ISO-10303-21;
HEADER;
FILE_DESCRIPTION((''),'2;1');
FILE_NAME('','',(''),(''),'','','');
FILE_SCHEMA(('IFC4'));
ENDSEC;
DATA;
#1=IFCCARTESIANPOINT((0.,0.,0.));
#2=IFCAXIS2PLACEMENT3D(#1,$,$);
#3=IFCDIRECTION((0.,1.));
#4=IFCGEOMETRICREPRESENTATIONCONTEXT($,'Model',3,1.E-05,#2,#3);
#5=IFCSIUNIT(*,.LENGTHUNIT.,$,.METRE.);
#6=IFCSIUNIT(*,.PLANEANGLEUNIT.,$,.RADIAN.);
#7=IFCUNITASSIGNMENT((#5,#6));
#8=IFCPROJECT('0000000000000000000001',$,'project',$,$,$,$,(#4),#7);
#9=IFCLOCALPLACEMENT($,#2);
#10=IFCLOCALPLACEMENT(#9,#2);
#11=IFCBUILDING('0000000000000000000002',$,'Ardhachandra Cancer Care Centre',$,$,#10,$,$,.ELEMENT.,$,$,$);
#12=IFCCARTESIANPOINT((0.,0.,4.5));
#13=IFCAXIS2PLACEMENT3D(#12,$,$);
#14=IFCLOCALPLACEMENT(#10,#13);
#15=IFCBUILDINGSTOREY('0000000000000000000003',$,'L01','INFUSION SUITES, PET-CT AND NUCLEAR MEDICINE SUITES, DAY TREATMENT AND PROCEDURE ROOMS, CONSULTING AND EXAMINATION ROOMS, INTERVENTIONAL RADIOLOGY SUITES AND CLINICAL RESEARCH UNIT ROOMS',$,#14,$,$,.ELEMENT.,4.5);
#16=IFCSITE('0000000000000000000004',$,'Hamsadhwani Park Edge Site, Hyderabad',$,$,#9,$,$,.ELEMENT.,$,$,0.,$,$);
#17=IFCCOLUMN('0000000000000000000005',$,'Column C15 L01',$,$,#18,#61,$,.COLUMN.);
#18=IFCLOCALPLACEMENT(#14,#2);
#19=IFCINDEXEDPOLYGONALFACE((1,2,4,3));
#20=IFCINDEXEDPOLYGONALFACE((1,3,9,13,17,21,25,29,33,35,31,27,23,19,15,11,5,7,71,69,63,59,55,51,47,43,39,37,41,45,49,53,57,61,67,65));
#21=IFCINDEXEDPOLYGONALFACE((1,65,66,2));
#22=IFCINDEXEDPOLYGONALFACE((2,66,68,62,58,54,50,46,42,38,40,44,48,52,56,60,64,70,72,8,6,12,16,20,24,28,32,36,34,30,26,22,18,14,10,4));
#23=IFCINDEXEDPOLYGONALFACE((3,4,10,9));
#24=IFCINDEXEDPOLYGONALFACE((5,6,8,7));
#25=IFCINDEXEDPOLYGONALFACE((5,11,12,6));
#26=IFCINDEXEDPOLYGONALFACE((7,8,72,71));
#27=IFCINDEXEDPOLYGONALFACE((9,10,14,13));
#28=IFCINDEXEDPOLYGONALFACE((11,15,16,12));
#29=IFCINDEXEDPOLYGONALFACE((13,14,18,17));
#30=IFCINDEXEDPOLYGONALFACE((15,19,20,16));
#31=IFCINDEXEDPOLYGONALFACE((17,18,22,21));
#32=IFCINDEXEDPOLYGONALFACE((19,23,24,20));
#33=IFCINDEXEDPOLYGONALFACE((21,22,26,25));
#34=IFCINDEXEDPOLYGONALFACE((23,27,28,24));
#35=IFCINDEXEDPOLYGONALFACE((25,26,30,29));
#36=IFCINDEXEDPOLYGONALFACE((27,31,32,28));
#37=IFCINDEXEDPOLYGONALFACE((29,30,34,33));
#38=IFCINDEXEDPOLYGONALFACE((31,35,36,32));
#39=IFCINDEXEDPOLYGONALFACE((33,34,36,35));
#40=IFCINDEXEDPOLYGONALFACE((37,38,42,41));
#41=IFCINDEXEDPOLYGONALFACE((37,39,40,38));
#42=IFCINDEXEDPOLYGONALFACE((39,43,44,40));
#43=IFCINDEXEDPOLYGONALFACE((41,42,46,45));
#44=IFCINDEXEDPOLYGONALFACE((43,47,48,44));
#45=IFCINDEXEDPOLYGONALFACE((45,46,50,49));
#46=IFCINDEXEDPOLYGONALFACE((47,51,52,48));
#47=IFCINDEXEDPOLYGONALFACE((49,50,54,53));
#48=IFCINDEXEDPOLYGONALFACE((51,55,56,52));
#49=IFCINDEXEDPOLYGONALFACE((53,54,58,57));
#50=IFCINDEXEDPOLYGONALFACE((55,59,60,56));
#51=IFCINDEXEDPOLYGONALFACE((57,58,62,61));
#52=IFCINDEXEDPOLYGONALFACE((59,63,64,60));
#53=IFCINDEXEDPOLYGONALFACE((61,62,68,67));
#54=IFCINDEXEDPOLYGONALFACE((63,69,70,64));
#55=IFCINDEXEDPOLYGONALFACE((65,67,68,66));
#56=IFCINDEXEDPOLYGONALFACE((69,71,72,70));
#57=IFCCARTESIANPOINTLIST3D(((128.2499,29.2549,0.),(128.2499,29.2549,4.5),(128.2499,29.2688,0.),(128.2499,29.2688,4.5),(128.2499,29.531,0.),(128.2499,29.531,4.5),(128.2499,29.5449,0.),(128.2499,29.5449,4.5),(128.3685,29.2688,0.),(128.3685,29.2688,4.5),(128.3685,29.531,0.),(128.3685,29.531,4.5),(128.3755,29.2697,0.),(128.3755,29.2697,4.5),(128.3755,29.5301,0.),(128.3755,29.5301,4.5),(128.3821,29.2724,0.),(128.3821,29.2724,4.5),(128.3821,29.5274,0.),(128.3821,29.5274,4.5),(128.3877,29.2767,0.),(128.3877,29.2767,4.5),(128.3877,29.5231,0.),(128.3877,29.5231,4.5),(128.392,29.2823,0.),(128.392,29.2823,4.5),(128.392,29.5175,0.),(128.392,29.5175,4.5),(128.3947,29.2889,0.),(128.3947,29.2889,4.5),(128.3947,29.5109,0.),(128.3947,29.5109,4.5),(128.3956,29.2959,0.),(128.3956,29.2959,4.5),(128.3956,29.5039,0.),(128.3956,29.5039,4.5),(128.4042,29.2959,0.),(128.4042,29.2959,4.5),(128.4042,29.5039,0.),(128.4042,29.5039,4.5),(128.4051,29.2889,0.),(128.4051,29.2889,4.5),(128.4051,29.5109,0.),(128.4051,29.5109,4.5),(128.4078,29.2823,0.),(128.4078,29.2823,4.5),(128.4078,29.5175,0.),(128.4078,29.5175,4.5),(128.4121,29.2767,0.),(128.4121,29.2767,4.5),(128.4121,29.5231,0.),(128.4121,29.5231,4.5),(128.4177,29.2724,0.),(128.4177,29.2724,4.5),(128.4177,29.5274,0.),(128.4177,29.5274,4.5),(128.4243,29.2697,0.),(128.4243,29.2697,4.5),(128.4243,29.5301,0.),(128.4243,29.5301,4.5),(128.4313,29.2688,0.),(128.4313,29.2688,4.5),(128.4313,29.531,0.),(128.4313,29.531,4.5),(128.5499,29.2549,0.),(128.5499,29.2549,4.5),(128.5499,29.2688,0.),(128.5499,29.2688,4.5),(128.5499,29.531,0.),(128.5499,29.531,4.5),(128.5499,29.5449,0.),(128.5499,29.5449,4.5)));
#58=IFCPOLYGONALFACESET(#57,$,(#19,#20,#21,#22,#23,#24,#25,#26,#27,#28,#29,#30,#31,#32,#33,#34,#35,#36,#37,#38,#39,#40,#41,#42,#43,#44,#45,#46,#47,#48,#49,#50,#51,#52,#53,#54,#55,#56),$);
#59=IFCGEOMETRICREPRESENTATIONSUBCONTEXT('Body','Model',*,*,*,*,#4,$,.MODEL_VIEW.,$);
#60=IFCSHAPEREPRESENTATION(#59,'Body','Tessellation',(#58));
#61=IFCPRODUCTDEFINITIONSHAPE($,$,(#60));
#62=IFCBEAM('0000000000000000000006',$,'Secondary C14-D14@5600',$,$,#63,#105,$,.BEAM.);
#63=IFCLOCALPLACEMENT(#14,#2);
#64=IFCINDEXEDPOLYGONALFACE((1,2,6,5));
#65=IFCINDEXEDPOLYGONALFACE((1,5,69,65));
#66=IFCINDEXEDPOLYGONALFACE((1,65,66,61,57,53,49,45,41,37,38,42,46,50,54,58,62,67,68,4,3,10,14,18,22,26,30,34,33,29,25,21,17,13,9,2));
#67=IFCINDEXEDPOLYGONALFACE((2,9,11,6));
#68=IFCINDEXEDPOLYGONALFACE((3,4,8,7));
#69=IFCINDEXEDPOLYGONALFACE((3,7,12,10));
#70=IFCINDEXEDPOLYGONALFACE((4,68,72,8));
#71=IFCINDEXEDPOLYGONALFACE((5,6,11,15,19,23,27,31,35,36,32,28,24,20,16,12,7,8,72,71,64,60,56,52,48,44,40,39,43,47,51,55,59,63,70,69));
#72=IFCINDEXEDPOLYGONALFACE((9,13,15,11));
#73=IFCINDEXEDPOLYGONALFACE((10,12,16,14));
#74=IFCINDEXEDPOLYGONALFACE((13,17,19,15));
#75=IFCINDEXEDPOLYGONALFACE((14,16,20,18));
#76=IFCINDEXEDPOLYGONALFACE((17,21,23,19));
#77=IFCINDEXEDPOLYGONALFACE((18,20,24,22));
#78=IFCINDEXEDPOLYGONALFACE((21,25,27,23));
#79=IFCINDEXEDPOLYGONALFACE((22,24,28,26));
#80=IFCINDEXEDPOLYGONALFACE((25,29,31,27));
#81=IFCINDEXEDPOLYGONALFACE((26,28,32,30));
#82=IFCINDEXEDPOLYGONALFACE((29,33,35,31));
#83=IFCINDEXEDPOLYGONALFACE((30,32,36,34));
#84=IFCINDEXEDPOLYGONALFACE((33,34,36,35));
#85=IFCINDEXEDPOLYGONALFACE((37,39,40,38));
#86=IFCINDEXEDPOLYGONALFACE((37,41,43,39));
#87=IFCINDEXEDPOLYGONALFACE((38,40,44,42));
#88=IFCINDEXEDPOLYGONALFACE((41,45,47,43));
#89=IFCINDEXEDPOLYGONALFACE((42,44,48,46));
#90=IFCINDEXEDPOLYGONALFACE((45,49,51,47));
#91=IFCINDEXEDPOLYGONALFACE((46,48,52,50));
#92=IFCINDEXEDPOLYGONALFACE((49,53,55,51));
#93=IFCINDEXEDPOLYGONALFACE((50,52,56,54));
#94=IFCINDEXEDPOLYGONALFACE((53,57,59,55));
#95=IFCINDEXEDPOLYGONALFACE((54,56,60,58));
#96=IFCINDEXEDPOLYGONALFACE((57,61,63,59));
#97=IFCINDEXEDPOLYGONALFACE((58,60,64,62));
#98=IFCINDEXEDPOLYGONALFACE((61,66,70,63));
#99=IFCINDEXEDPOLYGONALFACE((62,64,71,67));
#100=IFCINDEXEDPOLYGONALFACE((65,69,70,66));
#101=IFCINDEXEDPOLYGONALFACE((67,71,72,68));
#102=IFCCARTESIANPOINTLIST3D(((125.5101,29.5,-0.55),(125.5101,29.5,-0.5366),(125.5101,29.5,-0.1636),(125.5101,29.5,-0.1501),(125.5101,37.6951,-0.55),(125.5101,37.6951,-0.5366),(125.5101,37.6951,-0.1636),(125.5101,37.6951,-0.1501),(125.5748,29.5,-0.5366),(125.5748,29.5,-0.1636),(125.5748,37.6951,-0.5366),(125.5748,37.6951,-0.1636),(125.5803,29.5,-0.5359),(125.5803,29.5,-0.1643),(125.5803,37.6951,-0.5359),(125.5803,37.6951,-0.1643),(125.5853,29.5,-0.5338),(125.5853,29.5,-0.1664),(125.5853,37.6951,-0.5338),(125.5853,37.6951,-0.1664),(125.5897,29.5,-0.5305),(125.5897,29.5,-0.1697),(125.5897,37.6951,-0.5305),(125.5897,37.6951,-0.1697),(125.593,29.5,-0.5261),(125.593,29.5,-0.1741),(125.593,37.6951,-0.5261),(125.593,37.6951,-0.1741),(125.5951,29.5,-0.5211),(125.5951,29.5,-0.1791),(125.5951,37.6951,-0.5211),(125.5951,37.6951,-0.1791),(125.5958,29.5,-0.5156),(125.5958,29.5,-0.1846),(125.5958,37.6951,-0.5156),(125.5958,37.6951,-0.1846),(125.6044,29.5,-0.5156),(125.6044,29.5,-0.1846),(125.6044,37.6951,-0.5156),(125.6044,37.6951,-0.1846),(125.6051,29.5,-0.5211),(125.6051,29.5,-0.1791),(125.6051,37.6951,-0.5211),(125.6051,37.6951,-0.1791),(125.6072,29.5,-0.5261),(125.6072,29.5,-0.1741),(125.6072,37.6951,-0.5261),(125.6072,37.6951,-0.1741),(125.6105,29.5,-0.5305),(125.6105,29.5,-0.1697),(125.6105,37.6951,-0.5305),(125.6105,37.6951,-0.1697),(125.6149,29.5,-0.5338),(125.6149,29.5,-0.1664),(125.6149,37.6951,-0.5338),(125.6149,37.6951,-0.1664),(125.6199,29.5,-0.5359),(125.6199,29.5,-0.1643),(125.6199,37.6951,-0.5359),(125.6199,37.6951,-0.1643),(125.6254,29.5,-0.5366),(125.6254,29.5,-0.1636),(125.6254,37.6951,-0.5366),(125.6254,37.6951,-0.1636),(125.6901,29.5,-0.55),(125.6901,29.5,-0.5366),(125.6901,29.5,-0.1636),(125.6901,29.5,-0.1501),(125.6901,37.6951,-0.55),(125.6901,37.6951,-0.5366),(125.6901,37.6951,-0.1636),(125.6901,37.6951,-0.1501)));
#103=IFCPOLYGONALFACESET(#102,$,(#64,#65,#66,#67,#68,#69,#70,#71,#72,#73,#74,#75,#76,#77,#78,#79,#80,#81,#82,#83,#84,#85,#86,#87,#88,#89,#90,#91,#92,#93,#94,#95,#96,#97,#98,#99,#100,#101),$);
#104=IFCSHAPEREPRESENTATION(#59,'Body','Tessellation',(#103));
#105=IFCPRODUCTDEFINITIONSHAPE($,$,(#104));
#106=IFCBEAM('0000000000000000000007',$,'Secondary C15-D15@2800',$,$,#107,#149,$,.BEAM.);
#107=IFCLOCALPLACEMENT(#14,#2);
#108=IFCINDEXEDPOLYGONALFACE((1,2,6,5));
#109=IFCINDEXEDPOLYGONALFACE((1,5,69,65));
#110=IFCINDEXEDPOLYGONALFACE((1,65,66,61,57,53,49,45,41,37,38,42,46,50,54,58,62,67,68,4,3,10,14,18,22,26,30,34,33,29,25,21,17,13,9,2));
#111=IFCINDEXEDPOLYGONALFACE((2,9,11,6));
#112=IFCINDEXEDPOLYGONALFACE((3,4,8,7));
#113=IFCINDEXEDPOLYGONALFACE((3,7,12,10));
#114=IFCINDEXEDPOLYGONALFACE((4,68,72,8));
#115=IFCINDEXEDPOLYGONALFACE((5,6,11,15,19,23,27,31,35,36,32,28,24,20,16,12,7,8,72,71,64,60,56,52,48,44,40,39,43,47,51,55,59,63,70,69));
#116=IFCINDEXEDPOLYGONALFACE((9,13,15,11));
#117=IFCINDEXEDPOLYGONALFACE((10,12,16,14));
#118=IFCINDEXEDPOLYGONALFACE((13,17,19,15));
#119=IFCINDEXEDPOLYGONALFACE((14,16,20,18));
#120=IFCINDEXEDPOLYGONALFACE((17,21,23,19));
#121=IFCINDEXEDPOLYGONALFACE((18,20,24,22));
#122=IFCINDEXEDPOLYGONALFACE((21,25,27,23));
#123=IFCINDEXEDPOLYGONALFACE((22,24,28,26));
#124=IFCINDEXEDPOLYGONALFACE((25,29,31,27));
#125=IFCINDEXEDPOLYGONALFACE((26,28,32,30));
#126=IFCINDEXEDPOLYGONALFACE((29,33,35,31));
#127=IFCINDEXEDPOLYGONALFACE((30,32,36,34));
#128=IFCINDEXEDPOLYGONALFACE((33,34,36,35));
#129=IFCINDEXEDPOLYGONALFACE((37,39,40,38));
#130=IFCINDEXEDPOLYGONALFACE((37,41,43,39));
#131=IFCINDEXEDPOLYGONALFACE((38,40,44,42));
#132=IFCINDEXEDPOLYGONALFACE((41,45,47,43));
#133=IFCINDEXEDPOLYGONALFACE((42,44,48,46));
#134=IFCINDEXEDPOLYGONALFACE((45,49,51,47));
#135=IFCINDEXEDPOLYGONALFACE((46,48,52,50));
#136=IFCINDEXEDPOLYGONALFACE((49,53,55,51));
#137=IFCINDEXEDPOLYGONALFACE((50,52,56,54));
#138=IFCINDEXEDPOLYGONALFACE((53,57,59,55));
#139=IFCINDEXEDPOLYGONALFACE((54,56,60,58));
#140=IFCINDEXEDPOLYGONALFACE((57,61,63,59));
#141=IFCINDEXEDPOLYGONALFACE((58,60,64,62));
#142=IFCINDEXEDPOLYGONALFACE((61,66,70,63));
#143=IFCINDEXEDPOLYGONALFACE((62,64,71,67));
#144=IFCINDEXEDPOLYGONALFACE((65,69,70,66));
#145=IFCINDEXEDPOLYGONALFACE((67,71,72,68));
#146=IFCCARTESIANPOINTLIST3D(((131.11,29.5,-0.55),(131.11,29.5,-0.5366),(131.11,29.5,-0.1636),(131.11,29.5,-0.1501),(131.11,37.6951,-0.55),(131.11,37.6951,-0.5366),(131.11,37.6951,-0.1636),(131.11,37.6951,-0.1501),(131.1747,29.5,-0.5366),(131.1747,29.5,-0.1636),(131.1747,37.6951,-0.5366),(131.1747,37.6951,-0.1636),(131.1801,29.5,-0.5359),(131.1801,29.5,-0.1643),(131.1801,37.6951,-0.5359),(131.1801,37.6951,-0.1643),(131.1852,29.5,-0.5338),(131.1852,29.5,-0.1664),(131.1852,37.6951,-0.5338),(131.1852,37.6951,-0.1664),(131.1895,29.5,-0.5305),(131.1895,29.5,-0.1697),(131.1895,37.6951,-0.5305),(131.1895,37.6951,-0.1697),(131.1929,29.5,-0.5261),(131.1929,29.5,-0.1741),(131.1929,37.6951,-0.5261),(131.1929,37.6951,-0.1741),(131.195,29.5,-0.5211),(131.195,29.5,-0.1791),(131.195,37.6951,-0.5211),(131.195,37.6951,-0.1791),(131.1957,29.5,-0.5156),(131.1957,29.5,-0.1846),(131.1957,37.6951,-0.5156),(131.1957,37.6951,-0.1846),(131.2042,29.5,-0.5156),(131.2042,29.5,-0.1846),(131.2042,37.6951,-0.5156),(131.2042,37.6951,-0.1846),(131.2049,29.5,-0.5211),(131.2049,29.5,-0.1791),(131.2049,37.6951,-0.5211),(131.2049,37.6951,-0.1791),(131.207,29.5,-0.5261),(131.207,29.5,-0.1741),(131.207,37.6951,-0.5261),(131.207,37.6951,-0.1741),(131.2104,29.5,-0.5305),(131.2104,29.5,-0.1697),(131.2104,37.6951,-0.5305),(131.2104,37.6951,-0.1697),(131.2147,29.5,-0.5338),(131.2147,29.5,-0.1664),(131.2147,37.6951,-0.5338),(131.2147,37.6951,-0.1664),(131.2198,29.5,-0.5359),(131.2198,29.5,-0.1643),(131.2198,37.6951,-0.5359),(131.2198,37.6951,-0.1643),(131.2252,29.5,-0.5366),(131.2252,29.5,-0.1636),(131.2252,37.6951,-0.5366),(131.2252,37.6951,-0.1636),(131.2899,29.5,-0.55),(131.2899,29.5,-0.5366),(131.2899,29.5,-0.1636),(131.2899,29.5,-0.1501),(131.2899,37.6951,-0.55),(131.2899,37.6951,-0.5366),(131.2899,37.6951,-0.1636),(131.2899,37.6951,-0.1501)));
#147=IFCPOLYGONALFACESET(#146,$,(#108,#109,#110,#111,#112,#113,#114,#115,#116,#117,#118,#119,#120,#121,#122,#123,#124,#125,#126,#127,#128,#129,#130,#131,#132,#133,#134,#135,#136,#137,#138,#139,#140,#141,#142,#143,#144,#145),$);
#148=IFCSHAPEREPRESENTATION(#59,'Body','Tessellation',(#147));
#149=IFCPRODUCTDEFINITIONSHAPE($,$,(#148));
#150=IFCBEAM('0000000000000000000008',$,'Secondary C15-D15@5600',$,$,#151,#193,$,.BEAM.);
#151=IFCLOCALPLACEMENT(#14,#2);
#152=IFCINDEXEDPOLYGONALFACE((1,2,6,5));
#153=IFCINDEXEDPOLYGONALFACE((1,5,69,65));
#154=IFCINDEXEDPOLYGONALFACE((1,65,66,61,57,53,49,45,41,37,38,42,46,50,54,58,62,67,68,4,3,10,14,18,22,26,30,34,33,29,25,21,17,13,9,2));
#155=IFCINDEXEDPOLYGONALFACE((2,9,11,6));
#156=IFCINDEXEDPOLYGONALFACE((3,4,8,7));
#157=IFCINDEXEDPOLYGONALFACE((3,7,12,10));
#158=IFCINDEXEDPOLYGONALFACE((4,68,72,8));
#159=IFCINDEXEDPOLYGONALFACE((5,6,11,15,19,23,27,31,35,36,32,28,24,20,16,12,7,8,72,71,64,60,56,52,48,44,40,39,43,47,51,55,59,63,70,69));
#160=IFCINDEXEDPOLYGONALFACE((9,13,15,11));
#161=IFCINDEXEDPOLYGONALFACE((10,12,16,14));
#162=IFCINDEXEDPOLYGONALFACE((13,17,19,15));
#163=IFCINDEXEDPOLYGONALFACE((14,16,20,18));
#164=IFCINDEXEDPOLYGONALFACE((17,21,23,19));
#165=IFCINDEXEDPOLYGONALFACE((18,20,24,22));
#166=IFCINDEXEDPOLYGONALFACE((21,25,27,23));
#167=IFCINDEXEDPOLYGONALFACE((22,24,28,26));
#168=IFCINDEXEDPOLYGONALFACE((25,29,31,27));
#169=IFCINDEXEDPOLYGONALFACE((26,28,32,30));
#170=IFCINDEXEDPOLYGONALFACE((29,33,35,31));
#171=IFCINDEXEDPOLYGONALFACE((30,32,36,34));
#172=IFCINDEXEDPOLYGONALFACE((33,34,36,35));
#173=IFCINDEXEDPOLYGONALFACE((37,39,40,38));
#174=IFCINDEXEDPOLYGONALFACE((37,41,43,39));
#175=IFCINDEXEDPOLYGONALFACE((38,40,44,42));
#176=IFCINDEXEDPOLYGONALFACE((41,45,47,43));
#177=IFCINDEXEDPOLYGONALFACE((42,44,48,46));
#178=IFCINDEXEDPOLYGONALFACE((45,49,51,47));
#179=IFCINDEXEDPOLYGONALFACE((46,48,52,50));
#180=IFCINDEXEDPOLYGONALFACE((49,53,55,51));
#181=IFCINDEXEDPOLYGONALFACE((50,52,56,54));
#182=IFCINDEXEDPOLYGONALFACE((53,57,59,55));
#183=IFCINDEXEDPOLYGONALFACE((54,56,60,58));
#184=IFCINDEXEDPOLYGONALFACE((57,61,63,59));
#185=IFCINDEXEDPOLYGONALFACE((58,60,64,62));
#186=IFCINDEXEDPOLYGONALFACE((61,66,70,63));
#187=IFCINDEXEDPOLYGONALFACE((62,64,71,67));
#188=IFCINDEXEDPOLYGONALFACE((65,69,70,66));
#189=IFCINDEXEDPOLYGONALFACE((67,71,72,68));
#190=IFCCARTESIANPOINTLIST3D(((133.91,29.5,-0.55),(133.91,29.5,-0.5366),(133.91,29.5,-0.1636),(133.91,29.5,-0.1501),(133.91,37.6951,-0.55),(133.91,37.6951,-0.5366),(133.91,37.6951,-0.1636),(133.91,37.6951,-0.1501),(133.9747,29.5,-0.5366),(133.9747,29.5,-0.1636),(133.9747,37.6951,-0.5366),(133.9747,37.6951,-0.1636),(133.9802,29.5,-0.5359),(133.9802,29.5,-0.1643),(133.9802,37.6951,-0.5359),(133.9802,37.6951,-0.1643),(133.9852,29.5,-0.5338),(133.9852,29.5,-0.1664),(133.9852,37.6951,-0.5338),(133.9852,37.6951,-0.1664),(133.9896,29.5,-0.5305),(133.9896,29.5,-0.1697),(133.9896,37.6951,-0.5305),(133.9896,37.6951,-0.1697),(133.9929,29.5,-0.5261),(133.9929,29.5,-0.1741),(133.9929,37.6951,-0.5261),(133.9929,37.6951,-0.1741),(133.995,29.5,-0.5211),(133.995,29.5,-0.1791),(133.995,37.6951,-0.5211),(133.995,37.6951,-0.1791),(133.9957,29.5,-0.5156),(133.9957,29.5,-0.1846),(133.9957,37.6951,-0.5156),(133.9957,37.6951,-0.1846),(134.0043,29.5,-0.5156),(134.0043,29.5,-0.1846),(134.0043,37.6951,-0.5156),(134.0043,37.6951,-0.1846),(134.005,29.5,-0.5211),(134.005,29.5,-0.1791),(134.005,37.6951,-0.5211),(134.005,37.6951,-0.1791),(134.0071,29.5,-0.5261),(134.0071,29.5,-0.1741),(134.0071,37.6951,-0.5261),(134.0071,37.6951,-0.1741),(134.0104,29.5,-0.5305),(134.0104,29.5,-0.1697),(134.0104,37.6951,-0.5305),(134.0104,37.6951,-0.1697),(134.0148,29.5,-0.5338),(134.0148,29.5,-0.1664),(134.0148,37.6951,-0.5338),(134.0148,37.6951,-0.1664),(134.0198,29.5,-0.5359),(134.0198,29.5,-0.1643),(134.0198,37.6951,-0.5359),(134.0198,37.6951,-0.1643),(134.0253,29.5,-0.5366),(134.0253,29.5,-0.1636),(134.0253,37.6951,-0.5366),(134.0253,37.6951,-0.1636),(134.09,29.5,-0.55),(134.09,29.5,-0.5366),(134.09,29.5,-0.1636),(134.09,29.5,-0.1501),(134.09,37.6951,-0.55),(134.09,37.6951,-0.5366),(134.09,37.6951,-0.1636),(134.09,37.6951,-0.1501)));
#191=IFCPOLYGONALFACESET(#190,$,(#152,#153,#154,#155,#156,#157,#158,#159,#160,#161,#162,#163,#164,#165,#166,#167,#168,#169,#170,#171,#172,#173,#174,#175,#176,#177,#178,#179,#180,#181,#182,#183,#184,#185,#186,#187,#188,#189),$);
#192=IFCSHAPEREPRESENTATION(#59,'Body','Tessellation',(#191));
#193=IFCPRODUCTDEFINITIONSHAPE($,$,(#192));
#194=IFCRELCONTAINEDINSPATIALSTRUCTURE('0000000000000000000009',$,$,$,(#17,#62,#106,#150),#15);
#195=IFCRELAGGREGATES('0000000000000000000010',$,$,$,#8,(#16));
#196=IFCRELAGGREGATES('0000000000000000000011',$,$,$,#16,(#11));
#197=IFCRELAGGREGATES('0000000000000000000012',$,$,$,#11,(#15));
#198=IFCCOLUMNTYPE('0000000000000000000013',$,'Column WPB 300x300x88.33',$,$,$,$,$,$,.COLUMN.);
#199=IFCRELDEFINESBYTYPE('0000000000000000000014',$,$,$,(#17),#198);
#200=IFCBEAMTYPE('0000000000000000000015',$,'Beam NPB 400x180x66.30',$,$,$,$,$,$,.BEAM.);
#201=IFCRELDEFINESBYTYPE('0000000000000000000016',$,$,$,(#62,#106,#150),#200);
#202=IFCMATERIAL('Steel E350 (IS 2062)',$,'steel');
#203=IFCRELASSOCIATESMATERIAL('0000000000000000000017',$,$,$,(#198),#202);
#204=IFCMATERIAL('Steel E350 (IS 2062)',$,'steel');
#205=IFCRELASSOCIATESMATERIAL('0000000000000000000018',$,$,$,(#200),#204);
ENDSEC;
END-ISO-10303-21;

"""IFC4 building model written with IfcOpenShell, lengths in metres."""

from ifc_helpers import new_model, si_unit, direction, frame, origin, origin_2d, place, context, subcontext, project, spatial, i_section, extrude, material, material_profile, profile_set, type_object, element, save


model = new_model("IFC4")

# Units and contexts
model_context = context("Model", 3, precision=1e-05, world=origin(), true_north=direction((0.0, 1.0)))
body_context = subcontext(model_context, "Body", "Model", "MODEL_VIEW")
ifc_project = project(units=[si_unit("LENGTHUNIT", "METRE"), si_unit("PLANEANGLEUNIT", "RADIAN")], contexts=[model_context])

# Site, building, storey
site_placement = place(None, origin())
site = spatial("IfcSite", under=ifc_project, at=site_placement, Name="Hamsadhwani Park Edge Site, Hyderabad", CompositionType="ELEMENT", RefElevation=0.0)
building_placement = place(site_placement, origin())
building = spatial("IfcBuilding", under=site, at=building_placement, Name="Ardhachandra Cancer Care Centre", CompositionType="ELEMENT")
storey_placement = place(building_placement, frame((0.0, 0.0, 4.5)))
storey = spatial("IfcBuildingStorey", under=building, at=storey_placement, Name="L01", Description="INFUSION SUITES, PET-CT AND NUCLEAR MEDICINE SUITES, DAY TREATMENT AND PROCEDURE ROOMS, CONSULTING AND EXAMINATION ROOMS, INTERVENTIONAL RADIOLOGY SUITES AND CLINICAL RESEARCH UNIT ROOMS", CompositionType="ELEMENT", Elevation=4.5)

# Column
ifc_material_1 = material(Name="Steel E350 (IS 2062)", Category="steel")
ifc_material_profile_1 = material_profile(ifc_material_1, i_section(OverallWidth=0.3, OverallDepth=0.29, WebThickness=0.0085, FlangeThickness=0.0139, FilletRadius=0.0271, at=origin_2d()), Name="WPB 300x300x88.33")
ifc_profile_set_1 = profile_set([ifc_material_profile_1], Name="Steel E350 (IS 2062)")
column_type = type_object("IfcColumnType", Name="Column WPB 300x300x88.33", PredefinedType="COLUMN", material=ifc_profile_set_1)
column_placement = place(storey_placement, frame((128.3999, 29.3999, 0.0), z_axis=(0.0, 0.0, 1.0), x_axis=(1.0, 0.0, 0.0)))
element("IfcColumn", 1, at=column_placement, inside=storey, type_object=column_type, Name="Column C15 L01", PredefinedType="COLUMN", context=body_context, shape_type="SweptSolid", body=[
    extrude(i_section(OverallWidth=0.3, OverallDepth=0.29, WebThickness=0.0085, FlangeThickness=0.0139, FilletRadius=0.0271, at=origin_2d()), origin(), (0.0, 0.0, 1.0), 4.5),
])

# Beams
ifc_material_2 = material(Name="Steel E350 (IS 2062)", Category="steel")
ifc_material_profile_2 = material_profile(ifc_material_2, i_section(OverallWidth=0.1799, OverallDepth=0.3999, WebThickness=0.0085, FlangeThickness=0.0134, FilletRadius=0.021, at=origin_2d()), Name="NPB 400x180x66.30")
ifc_profile_set_2 = profile_set([ifc_material_profile_2], Name="Steel E350 (IS 2062)")
beam_type_1 = type_object("IfcBeamType", Name="Beam NPB 400x180x66.30", PredefinedType="BEAM", material=ifc_profile_set_2)
for number, where, z_axis, x_axis, name in (
    (2, (125.6001, 29.5, -0.3501), (0.0, 1.0, 0.0), (-1.0, 0.0, 0.0), "Secondary C14-D14@5600"),
    (3, (131.2, 29.5, -0.3501), (0.0, 1.0, 0.0), (-1.0, 0.0, 0.0), "Secondary C15-D15@2800"),
    (4, (134.0, 29.5, -0.3501), (0.0, 1.0, 0.0), (-1.0, 0.0, 0.0), "Secondary C15-D15@5600"),
):
    element("IfcBeam", number, at=place(storey_placement, frame(where, z_axis=z_axis, x_axis=x_axis)), inside=storey, type_object=beam_type_1, Name=name, PredefinedType="BEAM", context=body_context, shape_type="SweptSolid", body=[
        extrude(i_section(OverallWidth=0.1799, OverallDepth=0.3999, WebThickness=0.0085, FlangeThickness=0.0134, FilletRadius=0.021, at=origin_2d()), origin(), (0.0, 0.0, 1.0), 8.1951),
    ])

save(model, "model.ifc")
